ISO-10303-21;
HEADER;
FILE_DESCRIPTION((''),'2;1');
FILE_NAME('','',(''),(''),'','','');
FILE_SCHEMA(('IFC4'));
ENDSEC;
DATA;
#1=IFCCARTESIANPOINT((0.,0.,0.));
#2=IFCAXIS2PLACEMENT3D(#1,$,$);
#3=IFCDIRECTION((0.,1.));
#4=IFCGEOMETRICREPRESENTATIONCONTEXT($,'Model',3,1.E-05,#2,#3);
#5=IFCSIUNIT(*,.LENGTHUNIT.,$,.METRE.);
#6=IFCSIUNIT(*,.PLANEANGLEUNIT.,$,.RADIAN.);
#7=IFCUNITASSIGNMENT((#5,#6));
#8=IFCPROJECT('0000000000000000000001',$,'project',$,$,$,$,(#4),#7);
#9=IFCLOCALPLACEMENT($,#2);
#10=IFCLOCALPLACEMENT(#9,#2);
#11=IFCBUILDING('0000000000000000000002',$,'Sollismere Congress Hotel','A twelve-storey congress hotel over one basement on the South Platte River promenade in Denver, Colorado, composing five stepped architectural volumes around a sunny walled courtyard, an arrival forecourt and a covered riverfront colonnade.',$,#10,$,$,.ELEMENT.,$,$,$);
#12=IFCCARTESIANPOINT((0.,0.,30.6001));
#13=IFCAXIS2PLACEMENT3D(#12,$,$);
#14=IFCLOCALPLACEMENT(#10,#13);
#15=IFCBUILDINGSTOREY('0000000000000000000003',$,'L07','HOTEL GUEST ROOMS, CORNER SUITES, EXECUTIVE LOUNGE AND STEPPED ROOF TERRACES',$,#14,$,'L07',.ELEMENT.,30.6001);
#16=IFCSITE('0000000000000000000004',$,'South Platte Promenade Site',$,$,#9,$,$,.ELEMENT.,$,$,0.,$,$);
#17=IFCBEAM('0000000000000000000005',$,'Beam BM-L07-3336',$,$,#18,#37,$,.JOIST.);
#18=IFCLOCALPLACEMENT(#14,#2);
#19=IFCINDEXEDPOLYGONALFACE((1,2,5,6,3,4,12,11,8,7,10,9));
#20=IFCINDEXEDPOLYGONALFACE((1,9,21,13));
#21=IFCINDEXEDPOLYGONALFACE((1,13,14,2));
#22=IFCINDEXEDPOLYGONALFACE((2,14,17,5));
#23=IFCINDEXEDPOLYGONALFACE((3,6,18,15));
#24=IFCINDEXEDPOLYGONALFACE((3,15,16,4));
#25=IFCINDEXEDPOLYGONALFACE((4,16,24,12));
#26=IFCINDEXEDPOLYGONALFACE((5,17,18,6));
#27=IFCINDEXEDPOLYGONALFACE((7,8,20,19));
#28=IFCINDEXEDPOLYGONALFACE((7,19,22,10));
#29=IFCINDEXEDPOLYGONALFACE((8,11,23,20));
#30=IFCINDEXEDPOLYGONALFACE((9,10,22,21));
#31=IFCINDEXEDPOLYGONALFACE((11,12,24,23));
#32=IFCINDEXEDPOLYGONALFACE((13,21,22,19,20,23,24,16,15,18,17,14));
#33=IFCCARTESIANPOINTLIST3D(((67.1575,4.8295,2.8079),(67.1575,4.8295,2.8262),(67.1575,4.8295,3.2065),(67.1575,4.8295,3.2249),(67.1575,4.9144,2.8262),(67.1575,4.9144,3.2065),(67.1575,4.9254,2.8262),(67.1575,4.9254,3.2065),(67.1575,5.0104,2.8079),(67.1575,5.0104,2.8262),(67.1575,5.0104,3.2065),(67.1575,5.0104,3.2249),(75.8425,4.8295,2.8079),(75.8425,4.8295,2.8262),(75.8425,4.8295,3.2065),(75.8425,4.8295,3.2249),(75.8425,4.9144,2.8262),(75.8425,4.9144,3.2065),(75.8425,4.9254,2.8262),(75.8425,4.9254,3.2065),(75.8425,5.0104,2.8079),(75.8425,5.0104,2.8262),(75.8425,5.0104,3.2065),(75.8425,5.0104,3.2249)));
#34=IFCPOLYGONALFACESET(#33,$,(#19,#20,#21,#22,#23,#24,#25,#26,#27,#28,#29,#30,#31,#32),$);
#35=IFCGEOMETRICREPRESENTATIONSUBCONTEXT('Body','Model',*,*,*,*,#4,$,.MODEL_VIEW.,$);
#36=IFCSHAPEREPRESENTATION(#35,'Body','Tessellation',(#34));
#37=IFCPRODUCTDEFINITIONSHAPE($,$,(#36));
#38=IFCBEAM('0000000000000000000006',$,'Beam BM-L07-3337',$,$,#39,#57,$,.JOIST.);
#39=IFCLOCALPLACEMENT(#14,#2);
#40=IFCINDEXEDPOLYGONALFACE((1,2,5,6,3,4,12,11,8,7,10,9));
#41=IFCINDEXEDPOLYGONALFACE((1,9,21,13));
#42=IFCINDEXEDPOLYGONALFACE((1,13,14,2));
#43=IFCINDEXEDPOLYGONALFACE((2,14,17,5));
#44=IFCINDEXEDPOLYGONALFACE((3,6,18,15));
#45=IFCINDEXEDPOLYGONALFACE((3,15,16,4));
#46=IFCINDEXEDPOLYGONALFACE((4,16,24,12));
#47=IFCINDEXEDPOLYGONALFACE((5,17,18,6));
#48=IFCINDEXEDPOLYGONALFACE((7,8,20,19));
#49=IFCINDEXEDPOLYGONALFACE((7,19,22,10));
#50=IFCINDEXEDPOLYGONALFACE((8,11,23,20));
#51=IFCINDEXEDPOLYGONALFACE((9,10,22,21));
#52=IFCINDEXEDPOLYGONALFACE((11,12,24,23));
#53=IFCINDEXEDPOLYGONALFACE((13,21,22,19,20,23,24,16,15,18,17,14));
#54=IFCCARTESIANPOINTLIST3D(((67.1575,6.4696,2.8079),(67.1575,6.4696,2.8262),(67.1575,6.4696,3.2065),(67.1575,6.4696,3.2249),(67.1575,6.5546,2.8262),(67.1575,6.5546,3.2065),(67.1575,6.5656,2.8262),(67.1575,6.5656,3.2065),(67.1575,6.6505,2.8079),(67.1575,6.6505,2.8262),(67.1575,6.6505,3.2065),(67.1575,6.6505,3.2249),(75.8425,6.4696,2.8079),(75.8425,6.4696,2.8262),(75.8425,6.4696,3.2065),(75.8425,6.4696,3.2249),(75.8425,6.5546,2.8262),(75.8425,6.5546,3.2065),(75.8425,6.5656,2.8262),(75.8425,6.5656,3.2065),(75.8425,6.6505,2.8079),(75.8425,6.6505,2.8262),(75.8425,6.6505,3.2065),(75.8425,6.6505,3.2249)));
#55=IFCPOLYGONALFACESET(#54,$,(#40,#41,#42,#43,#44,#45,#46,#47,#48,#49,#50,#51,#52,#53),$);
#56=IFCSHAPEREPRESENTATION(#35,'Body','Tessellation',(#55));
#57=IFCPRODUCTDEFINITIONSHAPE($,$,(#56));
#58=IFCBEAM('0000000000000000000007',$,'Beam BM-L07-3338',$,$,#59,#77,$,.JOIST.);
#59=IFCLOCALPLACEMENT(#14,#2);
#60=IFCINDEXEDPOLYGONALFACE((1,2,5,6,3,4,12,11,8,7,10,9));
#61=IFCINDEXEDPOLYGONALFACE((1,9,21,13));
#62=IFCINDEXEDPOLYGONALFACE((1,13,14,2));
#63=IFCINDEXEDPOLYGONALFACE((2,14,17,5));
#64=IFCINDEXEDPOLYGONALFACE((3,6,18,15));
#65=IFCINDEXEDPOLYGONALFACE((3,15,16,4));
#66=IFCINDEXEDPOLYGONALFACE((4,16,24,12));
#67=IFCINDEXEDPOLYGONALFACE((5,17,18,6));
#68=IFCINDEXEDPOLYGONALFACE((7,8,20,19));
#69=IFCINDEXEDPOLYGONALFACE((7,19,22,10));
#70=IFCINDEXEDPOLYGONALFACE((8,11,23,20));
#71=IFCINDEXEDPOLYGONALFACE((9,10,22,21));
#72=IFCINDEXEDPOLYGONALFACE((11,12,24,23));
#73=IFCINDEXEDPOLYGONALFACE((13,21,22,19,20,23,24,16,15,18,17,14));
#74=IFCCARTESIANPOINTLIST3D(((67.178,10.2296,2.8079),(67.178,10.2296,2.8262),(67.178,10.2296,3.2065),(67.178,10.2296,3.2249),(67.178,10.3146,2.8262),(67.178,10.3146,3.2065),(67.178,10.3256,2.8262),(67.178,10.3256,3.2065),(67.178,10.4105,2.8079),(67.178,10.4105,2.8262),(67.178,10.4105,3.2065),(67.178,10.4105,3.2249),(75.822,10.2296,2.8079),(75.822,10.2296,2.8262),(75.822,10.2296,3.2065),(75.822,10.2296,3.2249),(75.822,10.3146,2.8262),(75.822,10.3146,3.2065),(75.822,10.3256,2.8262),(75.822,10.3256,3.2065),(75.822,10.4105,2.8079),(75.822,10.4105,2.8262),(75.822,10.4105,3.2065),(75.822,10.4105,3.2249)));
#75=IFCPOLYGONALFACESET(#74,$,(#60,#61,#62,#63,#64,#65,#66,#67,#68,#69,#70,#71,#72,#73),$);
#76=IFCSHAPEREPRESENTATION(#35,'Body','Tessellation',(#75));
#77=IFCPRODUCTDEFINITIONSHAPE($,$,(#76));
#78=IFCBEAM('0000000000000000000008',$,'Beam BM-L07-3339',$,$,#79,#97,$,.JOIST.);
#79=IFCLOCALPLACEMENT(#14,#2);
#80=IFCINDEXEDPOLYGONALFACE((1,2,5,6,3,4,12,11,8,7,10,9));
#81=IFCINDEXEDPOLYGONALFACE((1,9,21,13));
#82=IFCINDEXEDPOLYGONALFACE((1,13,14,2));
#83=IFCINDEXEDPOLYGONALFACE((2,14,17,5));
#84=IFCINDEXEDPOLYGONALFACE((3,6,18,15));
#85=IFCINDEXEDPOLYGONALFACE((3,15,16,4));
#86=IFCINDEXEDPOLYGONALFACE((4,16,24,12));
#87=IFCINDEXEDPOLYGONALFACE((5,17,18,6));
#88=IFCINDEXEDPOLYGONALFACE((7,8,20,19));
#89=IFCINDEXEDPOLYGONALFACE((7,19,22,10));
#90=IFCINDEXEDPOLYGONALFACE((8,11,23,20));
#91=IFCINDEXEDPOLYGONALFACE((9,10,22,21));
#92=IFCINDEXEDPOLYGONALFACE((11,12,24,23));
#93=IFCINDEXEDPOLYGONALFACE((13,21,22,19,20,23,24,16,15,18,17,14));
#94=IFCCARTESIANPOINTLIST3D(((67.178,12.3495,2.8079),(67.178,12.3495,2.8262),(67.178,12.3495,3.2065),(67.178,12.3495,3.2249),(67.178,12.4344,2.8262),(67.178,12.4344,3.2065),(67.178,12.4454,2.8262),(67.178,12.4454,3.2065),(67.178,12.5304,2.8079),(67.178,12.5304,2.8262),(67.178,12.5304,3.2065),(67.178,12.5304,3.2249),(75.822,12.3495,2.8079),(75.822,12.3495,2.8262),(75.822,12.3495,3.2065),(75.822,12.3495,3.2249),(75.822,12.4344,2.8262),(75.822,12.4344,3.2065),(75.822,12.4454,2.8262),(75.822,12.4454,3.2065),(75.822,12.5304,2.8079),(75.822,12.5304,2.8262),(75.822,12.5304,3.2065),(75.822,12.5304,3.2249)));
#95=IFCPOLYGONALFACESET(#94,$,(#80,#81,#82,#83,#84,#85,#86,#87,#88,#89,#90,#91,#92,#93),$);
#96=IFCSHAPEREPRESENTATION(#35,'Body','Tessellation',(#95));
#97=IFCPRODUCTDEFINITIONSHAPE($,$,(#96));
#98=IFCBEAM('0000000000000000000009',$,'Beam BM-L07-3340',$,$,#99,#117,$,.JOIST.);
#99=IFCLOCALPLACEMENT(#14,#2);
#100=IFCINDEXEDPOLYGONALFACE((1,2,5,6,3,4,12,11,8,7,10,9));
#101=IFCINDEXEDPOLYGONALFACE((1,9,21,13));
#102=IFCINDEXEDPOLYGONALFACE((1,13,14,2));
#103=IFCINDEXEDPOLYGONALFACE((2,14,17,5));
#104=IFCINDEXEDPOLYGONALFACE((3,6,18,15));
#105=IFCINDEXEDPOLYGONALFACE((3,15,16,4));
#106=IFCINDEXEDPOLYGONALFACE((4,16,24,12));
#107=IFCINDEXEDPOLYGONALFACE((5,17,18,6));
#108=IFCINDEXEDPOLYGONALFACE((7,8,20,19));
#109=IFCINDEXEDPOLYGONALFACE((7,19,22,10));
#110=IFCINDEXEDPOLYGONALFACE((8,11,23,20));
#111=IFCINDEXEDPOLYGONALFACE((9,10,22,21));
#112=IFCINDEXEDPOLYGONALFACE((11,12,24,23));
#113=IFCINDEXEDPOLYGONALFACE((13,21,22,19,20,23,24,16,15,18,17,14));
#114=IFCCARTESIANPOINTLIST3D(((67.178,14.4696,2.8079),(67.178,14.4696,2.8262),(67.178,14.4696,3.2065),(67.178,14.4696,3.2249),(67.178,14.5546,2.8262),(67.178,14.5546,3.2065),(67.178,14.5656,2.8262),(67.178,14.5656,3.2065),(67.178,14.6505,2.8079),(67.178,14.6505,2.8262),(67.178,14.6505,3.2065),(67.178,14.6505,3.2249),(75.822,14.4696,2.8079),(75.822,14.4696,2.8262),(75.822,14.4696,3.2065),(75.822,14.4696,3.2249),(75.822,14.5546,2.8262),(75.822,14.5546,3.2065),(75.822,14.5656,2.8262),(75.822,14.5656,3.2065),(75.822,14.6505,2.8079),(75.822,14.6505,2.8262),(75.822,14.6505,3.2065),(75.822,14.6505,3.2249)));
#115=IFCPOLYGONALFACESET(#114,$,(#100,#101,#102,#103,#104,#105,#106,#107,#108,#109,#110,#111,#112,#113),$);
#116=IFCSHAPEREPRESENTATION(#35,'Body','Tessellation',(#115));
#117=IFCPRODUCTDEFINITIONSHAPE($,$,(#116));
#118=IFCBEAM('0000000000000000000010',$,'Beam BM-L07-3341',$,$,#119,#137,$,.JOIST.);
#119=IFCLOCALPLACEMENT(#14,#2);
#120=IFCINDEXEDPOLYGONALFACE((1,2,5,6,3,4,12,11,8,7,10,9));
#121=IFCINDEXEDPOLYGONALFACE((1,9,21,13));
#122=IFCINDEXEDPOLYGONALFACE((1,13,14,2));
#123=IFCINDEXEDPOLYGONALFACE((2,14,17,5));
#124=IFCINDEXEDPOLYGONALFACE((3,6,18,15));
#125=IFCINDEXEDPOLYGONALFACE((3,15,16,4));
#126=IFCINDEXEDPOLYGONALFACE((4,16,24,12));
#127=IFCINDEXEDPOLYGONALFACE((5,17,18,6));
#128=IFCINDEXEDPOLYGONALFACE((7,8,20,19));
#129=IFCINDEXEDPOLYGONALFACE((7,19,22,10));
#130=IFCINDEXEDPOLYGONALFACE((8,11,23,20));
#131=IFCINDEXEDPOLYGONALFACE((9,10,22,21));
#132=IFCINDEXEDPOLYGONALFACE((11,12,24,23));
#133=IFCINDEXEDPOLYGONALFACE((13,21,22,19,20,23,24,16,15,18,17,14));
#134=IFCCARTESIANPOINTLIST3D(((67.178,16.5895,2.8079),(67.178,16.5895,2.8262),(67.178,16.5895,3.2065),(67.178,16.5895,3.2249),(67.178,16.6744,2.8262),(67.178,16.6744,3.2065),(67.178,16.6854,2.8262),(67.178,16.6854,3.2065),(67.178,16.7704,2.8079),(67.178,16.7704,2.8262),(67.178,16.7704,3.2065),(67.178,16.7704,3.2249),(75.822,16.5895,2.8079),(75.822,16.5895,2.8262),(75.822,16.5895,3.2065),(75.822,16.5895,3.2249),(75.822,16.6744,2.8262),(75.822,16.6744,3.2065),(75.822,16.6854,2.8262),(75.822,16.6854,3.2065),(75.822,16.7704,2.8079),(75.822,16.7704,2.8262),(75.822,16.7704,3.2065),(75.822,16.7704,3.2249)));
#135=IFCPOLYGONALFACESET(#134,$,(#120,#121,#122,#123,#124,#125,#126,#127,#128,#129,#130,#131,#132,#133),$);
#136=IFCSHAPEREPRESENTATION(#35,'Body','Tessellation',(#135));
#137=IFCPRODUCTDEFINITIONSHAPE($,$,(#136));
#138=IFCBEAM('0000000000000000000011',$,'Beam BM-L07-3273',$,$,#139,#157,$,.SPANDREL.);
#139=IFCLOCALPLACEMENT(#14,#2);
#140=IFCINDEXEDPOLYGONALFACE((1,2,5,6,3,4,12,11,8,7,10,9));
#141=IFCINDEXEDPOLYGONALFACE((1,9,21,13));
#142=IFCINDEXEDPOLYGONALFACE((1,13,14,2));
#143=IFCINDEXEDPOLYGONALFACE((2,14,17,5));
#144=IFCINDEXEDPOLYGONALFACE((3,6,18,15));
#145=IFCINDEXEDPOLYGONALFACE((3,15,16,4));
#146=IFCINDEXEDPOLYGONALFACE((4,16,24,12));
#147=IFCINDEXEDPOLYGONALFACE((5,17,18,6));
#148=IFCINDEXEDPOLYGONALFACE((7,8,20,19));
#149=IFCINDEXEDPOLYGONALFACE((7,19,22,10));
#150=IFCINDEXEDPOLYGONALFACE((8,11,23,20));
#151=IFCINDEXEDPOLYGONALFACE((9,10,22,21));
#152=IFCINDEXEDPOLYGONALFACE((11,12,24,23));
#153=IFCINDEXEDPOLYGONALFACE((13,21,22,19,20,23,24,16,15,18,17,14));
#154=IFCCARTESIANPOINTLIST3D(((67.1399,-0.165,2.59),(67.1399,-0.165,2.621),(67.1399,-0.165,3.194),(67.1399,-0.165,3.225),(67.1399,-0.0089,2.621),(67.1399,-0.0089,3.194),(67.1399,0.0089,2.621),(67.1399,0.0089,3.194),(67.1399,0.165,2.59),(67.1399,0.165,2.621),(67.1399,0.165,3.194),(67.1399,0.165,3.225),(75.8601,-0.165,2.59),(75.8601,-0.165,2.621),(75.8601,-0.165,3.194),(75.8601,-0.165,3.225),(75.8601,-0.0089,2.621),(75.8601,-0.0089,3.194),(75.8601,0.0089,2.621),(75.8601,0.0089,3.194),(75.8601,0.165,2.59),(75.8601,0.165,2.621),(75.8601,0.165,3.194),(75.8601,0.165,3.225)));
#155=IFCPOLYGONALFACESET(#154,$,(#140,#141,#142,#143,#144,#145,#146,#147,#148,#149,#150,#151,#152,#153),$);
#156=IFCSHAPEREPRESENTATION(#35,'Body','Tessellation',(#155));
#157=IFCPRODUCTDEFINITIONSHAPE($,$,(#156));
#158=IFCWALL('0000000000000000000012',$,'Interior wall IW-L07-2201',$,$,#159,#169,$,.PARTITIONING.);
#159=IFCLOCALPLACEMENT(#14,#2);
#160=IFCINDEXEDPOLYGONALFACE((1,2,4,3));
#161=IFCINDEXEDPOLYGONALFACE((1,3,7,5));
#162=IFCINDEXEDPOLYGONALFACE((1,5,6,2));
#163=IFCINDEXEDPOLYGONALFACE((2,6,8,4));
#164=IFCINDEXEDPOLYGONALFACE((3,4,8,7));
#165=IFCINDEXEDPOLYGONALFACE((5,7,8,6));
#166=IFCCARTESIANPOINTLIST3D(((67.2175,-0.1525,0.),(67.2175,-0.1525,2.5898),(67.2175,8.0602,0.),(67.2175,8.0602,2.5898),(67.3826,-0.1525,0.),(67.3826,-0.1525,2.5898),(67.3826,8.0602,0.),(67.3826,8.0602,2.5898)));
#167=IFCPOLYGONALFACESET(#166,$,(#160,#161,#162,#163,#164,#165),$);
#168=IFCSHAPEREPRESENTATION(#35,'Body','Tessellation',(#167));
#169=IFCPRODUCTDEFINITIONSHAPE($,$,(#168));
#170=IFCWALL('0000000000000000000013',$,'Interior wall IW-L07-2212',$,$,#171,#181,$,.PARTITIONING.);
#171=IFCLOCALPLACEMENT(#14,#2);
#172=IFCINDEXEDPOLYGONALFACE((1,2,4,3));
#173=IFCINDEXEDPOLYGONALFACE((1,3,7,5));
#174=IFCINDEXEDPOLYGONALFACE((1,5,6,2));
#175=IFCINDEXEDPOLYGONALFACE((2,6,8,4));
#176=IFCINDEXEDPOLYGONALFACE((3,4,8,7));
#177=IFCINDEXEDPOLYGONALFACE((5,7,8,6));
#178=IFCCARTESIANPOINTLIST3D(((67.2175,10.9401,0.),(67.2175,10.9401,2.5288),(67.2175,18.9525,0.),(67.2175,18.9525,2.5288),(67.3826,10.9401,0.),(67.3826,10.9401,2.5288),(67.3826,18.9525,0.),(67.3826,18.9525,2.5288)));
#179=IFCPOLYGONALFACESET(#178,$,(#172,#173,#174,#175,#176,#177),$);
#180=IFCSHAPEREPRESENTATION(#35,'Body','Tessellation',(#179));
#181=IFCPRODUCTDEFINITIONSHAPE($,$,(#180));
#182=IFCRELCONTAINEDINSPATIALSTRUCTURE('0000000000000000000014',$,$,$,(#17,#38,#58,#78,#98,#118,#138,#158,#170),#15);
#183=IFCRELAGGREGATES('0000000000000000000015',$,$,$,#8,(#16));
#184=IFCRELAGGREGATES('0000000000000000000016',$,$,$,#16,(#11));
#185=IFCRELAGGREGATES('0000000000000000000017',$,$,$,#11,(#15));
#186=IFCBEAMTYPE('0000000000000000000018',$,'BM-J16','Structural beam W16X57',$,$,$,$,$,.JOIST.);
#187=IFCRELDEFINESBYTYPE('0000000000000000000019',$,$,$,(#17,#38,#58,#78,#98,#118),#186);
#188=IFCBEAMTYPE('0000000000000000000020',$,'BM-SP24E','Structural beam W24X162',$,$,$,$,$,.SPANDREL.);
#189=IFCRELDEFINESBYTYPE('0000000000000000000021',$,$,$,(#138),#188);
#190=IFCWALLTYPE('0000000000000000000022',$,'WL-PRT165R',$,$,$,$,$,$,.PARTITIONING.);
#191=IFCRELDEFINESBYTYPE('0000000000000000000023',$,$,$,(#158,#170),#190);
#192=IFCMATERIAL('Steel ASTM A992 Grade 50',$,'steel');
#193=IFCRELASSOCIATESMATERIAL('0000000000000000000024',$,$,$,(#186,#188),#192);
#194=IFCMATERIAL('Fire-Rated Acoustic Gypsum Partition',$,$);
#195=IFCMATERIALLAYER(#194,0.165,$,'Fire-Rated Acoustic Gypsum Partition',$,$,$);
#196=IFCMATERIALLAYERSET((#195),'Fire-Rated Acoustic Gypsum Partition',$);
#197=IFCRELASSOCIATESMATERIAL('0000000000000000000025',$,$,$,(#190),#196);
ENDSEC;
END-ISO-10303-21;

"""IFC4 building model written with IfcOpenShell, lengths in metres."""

from ifc_helpers import new_model, si_unit, direction, frame, frame_2d, origin, origin_2d, place, context, subcontext, project, spatial, rectangle, i_section, extrude, material, layer, layer_set, material_profile, profile_set, type_object, element, save


model = new_model("IFC4")

# Units and contexts
model_context = context("Model", 3, precision=1e-05, world=origin(), true_north=direction((0.0, 1.0)))
body_context = subcontext(model_context, "Body", "Model", "MODEL_VIEW")
ifc_project = project(units=[si_unit("LENGTHUNIT", "METRE"), si_unit("PLANEANGLEUNIT", "RADIAN")], contexts=[model_context])

# Site, building, storey
site_placement = place(None, origin())
site = spatial("IfcSite", under=ifc_project, at=site_placement, Name="South Platte Promenade Site", CompositionType="ELEMENT", RefElevation=0.0)
building_placement = place(site_placement, origin())
building = spatial("IfcBuilding", under=site, at=building_placement, Name="Sollismere Congress Hotel", Description="A twelve-storey congress hotel over one basement on the South Platte River promenade in Denver, Colorado, composing five stepped architectural volumes around a sunny walled courtyard, an arrival forecourt and a covered riverfront colonnade.", CompositionType="ELEMENT")
storey_placement = place(building_placement, frame((0.0, 0.0, 30.6001)))
storey = spatial("IfcBuildingStorey", under=building, at=storey_placement, Name="L07", Description="HOTEL GUEST ROOMS, CORNER SUITES, EXECUTIVE LOUNGE AND STEPPED ROOF TERRACES", LongName="L07", CompositionType="ELEMENT", Elevation=30.6001)

# Shared definitions
ifc_material_1 = material(Name="Steel ASTM A992 Grade 50", Category="steel")

# Beams
ifc_material_profile_1 = material_profile(ifc_material_1, i_section(OverallWidth=0.1809, OverallDepth=0.417, WebThickness=0.011, FlangeThickness=0.0183, at=origin_2d()), Name="W16X57")
ifc_profile_set_1 = profile_set([ifc_material_profile_1], Name="Steel ASTM A992 Grade 50")
beam_type_1 = type_object("IfcBeamType", Name="BM-J16", Description="Structural beam W16X57", PredefinedType="JOIST", material=ifc_profile_set_1)
for number, where, z_axis, x_axis, name in (
    (1, (67.1575, 4.9199, 3.0164), (1.0, 0.0, 0.0), (0.0, 1.0, 0.0), "Beam BM-L07-3336"),
    (2, (67.1575, 6.5601, 3.0164), (1.0, 0.0, 0.0), (0.0, 1.0, 0.0), "Beam BM-L07-3337"),
):
    element("IfcBeam", number, at=place(storey_placement, frame(where, z_axis=z_axis, x_axis=x_axis)), inside=storey, type_object=beam_type_1, Name=name, PredefinedType="JOIST", context=body_context, shape_type="SweptSolid", body=[
        extrude(i_section(OverallWidth=0.1809, OverallDepth=0.417, WebThickness=0.011, FlangeThickness=0.0183, at=origin_2d()), origin(), (0.0, 0.0, 1.0), 8.6851),
    ])
for number, where, z_axis, x_axis, name in (
    (3, (67.178, 10.3201, 3.0164), (1.0, 0.0, 0.0), (0.0, 1.0, 0.0), "Beam BM-L07-3338"),
    (4, (67.178, 12.4399, 3.0164), (1.0, 0.0, 0.0), (0.0, 1.0, 0.0), "Beam BM-L07-3339"),
    (5, (67.178, 14.5601, 3.0164), (1.0, 0.0, 0.0), (0.0, 1.0, 0.0), "Beam BM-L07-3340"),
    (6, (67.178, 16.6799, 3.0164), (1.0, 0.0, 0.0), (0.0, 1.0, 0.0), "Beam BM-L07-3341"),
):
    element("IfcBeam", number, at=place(storey_placement, frame(where, z_axis=z_axis, x_axis=x_axis)), inside=storey, type_object=beam_type_1, Name=name, PredefinedType="JOIST", context=body_context, shape_type="SweptSolid", body=[
        extrude(i_section(OverallWidth=0.1809, OverallDepth=0.417, WebThickness=0.011, FlangeThickness=0.0183, at=origin_2d()), origin(), (0.0, 0.0, 1.0), 8.644),
    ])
ifc_material_profile_2 = material_profile(ifc_material_1, i_section(OverallWidth=0.3301, OverallDepth=0.635, WebThickness=0.0178, FlangeThickness=0.031, at=origin_2d()), Name="W24X162")
ifc_profile_set_2 = profile_set([ifc_material_profile_2], Name="Steel ASTM A992 Grade 50")
beam_type_2 = type_object("IfcBeamType", Name="BM-SP24E", Description="Structural beam W24X162", PredefinedType="SPANDREL", material=ifc_profile_set_2)
beam_1_placement = place(storey_placement, frame((67.1399, 0.0, 2.9075), z_axis=(1.0, 0.0, 0.0), x_axis=(0.0, 1.0, 0.0)))
element("IfcBeam", 7, at=beam_1_placement, inside=storey, type_object=beam_type_2, Name="Beam BM-L07-3273", PredefinedType="SPANDREL", context=body_context, shape_type="SweptSolid", body=[
    extrude(i_section(OverallWidth=0.3301, OverallDepth=0.635, WebThickness=0.0178, FlangeThickness=0.031, at=origin_2d()), origin(), (0.0, 0.0, 1.0), 8.7202),
])

# Walls
ifc_material_2 = material(Name="Fire-Rated Acoustic Gypsum Partition")
ifc_layer = layer(ifc_material_2, 0.165, Name="Fire-Rated Acoustic Gypsum Partition")
ifc_layer_set = layer_set([ifc_layer], Name="Fire-Rated Acoustic Gypsum Partition")
wall_type = type_object("IfcWallType", Name="WL-PRT165R", PredefinedType="PARTITIONING", material=ifc_layer_set)
wall_1_placement = place(storey_placement, frame((67.3, -0.1526, 0.0), z_axis=(0.0, 0.0, 1.0), x_axis=(0.0, 1.0, 0.0)))
element("IfcWall", 8, at=wall_1_placement, inside=storey, type_object=wall_type, Name="Interior wall IW-L07-2201", PredefinedType="PARTITIONING", context=body_context, shape_type="SweptSolid", body=[
    extrude(rectangle(XDim=8.2126, YDim=0.165, at=frame_2d((4.1064, 0.0))), origin(), (0.0, 0.0, 1.0), 2.5898),
])
wall_2_placement = place(storey_placement, frame((67.3, 10.9399, 0.0), z_axis=(0.0, 0.0, 1.0), x_axis=(0.0, 1.0, 0.0)))
element("IfcWall", 9, at=wall_2_placement, inside=storey, type_object=wall_type, Name="Interior wall IW-L07-2212", PredefinedType="PARTITIONING", context=body_context, shape_type="SweptSolid", body=[
    extrude(rectangle(XDim=8.0125, YDim=0.165, at=frame_2d((4.0063, 0.0))), origin(), (0.0, 0.0, 1.0), 2.5288),
])

save(model, "model.ifc")
